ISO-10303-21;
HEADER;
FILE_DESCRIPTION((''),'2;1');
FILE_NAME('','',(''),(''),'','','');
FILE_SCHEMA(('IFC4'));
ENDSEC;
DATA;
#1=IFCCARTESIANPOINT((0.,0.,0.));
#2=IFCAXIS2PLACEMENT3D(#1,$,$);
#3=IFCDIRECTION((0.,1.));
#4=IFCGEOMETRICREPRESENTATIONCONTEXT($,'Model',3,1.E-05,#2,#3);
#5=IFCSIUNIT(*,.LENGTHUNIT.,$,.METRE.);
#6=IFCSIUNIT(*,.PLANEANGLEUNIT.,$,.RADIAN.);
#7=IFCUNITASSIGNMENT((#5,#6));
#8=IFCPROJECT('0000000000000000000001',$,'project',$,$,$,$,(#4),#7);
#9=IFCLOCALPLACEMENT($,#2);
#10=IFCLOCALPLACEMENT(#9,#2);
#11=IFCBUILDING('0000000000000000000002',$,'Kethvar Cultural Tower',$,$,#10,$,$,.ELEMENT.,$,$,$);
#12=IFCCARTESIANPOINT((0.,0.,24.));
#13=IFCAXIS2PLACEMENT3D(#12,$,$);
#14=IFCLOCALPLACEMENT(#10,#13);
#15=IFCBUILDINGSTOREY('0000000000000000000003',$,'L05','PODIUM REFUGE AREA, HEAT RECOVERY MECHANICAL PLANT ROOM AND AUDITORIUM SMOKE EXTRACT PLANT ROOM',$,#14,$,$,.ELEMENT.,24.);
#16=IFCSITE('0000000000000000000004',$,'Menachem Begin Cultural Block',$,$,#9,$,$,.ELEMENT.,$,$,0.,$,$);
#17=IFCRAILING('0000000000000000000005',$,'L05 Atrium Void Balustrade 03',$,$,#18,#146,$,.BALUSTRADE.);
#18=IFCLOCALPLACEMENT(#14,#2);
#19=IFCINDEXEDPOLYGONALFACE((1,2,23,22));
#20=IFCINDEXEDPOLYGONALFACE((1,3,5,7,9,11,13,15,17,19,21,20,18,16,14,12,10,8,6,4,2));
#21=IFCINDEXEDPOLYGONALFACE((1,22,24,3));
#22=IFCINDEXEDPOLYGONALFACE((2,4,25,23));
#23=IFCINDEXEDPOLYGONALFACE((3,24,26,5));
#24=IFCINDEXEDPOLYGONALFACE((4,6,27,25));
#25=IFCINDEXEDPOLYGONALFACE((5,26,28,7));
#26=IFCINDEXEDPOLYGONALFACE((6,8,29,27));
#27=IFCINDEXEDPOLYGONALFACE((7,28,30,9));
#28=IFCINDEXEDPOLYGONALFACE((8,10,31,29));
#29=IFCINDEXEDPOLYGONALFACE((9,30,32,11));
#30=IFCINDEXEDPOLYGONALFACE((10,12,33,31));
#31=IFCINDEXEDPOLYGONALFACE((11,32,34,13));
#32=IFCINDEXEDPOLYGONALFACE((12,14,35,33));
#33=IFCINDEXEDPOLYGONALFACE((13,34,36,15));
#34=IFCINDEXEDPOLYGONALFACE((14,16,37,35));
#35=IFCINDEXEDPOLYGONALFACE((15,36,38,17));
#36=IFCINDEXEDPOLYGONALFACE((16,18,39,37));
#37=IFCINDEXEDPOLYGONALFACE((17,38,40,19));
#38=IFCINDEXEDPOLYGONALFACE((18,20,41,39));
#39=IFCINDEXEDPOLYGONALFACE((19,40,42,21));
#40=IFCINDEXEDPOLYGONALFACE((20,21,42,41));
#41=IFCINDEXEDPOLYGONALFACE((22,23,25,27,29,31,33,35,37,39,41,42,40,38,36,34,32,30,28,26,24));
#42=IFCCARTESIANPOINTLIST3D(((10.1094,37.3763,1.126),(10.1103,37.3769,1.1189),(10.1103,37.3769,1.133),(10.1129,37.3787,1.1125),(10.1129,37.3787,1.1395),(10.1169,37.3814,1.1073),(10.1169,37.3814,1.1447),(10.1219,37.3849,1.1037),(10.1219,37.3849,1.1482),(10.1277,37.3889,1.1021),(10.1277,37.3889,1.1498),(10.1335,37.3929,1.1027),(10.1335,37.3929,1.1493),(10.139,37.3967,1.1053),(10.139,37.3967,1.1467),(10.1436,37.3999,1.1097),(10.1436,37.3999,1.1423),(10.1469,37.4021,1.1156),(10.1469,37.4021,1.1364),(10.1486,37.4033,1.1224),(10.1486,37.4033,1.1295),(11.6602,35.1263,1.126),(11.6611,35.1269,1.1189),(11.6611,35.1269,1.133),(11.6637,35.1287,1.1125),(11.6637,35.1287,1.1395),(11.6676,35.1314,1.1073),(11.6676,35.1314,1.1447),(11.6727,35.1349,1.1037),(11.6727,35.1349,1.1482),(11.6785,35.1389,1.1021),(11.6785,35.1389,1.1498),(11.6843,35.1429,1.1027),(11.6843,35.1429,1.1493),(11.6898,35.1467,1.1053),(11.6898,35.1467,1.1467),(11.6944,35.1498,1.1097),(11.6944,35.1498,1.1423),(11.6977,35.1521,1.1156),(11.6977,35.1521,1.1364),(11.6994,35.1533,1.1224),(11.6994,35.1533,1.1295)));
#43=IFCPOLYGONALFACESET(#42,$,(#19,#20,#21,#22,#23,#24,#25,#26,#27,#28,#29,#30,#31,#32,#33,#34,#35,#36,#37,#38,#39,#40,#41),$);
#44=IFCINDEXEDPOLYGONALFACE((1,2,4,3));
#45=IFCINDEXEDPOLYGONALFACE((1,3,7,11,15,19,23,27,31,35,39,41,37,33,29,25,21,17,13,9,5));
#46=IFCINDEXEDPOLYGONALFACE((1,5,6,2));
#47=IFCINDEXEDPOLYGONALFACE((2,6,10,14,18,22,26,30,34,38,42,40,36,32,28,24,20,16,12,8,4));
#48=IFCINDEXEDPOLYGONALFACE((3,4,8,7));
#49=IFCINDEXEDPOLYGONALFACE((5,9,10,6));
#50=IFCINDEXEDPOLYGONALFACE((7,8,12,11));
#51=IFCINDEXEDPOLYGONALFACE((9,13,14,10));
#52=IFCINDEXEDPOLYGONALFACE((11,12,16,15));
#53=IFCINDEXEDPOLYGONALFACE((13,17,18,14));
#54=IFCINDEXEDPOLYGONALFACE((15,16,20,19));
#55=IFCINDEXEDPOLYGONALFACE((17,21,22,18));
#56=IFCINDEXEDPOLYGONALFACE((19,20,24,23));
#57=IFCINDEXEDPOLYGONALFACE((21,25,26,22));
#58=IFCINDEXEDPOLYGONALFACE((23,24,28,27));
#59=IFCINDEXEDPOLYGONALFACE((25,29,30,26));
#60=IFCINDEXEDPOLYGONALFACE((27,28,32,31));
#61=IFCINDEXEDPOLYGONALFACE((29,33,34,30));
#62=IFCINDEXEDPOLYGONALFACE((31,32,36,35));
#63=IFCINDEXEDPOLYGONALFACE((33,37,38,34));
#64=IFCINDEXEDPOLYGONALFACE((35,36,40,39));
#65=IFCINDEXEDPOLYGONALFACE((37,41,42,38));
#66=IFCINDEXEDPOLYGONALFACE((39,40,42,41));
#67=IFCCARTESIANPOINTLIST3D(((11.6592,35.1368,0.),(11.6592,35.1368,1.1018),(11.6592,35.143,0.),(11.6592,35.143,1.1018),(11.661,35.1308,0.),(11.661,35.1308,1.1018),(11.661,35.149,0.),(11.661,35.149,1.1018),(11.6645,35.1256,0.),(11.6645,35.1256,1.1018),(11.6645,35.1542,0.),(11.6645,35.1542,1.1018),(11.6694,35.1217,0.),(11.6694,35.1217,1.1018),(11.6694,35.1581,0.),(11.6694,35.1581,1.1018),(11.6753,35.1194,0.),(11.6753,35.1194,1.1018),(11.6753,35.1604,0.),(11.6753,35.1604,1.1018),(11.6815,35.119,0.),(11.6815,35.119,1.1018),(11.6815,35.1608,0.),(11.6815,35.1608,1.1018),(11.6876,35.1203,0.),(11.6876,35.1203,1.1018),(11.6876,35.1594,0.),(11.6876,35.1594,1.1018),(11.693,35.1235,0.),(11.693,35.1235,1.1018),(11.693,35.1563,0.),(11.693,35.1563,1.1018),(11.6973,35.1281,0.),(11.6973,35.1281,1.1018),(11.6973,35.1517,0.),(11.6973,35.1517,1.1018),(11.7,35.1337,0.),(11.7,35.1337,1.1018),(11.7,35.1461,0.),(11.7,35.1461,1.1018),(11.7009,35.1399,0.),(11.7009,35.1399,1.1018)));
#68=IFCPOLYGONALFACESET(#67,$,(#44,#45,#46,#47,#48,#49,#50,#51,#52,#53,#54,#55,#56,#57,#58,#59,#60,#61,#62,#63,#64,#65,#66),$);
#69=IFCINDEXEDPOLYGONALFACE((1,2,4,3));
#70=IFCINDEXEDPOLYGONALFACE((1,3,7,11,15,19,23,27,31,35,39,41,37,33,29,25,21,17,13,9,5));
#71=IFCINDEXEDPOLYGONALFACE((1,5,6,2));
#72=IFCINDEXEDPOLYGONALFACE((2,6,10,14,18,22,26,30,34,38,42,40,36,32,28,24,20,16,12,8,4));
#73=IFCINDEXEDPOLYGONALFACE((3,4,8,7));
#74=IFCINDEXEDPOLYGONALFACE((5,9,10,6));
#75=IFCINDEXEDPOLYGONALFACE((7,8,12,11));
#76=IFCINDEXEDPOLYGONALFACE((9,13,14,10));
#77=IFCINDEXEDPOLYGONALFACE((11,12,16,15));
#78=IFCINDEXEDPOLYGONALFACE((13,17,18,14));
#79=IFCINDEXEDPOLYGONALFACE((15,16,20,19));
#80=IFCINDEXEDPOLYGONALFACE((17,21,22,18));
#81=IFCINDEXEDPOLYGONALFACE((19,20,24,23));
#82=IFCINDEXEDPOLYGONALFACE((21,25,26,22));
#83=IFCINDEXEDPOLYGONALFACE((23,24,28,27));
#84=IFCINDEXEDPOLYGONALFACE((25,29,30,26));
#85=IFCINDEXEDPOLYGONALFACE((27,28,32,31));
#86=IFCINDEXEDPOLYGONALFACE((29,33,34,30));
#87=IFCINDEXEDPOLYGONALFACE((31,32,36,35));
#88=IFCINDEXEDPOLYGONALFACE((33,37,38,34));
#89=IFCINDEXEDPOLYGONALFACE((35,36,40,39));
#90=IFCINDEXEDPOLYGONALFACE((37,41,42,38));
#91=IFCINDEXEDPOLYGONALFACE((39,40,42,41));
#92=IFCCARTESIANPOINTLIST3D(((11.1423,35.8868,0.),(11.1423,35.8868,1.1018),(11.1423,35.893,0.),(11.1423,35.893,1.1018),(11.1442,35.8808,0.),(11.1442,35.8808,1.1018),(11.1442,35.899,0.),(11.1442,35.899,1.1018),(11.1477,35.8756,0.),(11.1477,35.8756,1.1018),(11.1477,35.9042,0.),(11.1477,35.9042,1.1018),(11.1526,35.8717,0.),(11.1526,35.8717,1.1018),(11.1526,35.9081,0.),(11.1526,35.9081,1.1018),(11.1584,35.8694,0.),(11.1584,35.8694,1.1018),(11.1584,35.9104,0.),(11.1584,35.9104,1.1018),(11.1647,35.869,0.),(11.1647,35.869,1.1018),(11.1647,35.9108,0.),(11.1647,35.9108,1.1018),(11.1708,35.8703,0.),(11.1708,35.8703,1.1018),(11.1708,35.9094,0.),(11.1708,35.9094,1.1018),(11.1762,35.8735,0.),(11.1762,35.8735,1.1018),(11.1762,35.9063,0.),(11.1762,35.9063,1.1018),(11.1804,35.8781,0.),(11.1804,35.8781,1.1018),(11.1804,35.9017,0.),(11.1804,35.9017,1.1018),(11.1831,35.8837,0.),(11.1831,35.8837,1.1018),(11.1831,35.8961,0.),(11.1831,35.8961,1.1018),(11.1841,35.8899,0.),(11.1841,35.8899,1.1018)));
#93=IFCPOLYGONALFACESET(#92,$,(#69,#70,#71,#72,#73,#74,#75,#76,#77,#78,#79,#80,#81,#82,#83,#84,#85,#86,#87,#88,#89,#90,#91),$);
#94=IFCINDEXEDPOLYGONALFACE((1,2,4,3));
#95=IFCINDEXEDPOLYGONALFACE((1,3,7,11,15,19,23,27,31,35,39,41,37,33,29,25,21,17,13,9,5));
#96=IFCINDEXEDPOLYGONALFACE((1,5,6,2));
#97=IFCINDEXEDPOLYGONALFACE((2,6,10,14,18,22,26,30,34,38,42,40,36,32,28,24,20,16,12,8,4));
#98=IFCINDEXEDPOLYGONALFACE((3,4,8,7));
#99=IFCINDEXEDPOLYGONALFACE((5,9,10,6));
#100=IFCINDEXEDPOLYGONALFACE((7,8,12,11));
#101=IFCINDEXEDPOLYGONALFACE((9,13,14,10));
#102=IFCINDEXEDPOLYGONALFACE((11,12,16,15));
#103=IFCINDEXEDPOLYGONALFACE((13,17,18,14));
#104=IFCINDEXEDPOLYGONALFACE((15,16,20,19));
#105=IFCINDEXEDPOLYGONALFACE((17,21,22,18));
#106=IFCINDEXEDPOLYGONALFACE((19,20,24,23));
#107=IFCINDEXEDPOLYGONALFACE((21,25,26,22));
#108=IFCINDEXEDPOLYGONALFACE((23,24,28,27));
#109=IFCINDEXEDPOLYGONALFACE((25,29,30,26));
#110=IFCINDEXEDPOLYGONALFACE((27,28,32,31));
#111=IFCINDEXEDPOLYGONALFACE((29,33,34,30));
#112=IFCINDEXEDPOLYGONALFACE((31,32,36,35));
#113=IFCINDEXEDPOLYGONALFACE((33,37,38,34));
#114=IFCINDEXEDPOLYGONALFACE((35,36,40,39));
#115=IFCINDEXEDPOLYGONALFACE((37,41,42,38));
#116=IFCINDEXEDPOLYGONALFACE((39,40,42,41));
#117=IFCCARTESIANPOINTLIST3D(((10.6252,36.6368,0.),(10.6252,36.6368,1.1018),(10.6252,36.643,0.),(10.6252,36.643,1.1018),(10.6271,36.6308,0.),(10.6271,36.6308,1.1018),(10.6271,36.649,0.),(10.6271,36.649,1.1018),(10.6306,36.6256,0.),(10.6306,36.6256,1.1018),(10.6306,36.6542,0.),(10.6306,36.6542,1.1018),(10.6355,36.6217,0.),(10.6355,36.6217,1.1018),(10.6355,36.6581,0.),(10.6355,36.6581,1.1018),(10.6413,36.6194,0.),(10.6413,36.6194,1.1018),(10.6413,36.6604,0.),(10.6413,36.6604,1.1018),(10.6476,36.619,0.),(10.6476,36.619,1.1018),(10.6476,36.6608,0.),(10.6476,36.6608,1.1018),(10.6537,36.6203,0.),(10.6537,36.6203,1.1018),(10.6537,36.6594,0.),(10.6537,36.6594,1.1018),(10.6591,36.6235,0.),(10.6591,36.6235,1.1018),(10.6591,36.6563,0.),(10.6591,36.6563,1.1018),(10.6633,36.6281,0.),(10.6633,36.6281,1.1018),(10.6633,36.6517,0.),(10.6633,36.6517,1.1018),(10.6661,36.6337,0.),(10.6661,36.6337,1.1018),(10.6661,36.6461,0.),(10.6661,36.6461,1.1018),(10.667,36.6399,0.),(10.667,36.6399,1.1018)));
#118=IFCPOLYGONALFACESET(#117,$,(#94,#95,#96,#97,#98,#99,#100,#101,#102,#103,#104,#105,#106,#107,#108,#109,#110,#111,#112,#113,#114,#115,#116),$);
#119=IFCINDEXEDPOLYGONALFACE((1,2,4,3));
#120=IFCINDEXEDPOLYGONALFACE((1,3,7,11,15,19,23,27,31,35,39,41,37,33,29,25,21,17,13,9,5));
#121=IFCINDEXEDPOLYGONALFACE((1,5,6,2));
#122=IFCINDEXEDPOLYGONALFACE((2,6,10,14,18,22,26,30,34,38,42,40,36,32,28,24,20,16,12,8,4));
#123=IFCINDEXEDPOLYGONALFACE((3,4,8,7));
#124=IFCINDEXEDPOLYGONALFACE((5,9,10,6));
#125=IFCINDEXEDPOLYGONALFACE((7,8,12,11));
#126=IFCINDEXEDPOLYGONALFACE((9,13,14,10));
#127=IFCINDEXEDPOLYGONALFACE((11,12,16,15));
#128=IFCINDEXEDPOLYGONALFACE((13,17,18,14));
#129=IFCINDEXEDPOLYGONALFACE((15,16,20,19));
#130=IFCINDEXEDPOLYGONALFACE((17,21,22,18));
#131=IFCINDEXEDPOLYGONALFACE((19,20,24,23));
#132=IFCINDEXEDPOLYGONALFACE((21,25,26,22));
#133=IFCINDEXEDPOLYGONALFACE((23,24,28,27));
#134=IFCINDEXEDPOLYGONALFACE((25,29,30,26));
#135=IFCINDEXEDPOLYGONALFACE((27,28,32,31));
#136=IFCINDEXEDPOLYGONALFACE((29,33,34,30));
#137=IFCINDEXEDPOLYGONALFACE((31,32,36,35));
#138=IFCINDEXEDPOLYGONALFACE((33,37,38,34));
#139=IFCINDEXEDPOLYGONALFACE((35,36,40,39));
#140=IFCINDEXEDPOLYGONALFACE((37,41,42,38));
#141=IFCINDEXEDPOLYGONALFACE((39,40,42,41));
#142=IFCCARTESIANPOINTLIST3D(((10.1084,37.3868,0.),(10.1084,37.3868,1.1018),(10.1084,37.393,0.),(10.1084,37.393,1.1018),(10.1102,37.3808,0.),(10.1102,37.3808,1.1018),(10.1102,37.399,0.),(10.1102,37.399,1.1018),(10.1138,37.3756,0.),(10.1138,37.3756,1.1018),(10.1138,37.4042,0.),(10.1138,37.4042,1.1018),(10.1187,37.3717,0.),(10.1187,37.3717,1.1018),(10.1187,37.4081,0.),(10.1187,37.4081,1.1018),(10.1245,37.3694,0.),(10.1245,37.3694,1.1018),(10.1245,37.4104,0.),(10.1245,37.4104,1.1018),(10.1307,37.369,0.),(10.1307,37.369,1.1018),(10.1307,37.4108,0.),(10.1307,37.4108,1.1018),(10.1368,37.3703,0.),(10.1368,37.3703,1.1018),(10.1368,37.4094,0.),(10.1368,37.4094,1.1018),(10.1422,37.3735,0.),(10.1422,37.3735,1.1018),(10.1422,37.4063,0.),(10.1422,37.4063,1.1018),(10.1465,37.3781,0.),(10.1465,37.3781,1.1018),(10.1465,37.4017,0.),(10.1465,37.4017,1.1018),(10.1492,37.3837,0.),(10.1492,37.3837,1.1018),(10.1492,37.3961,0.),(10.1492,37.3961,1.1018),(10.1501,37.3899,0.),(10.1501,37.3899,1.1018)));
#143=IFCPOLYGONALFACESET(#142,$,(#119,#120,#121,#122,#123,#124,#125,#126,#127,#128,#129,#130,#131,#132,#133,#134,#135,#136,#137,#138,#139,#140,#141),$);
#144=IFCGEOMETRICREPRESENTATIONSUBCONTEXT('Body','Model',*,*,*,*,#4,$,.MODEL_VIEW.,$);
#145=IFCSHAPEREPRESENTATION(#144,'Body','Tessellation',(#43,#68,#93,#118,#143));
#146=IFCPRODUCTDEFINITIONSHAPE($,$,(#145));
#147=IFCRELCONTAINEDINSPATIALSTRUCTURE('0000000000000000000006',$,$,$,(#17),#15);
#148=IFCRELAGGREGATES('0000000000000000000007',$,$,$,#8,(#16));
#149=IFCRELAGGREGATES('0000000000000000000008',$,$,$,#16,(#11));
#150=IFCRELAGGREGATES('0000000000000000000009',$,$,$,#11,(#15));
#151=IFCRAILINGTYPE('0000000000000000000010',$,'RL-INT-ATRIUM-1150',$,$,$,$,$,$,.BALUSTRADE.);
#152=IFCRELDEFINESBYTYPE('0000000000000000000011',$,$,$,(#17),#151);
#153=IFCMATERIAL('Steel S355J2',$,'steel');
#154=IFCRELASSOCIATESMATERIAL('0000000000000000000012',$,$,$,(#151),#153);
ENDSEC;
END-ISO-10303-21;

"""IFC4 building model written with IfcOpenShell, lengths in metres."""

from ifc_helpers import new_model, si_unit, direction, frame, origin, origin_2d, place, context, subcontext, project, spatial, circle, extrude, material, type_object, element, save


model = new_model("IFC4")

# Units and contexts
model_context = context("Model", 3, precision=1e-05, world=origin(), true_north=direction((0.0, 1.0)))
body_context = subcontext(model_context, "Body", "Model", "MODEL_VIEW")
ifc_project = project(units=[si_unit("LENGTHUNIT", "METRE"), si_unit("PLANEANGLEUNIT", "RADIAN")], contexts=[model_context])

# Site, building, storey
site_placement = place(None, origin())
site = spatial("IfcSite", under=ifc_project, at=site_placement, Name="Menachem Begin Cultural Block", CompositionType="ELEMENT", RefElevation=0.0)
building_placement = place(site_placement, origin())
building = spatial("IfcBuilding", under=site, at=building_placement, Name="Kethvar Cultural Tower", CompositionType="ELEMENT")
storey_placement = place(building_placement, frame((0.0, 0.0, 24.0)))
storey = spatial("IfcBuildingStorey", under=building, at=storey_placement, Name="L05", Description="PODIUM REFUGE AREA, HEAT RECOVERY MECHANICAL PLANT ROOM AND AUDITORIUM SMOKE EXTRACT PLANT ROOM", CompositionType="ELEMENT", Elevation=24.0)

# Shared definitions
ifc_material_1 = material(Name="Steel S355J2", Category="steel")

# Railing
railing_type = type_object("IfcRailingType", Name="RL-INT-ATRIUM-1150", PredefinedType="BALUSTRADE", material=ifc_material_1)
railing_1_placement = place(storey_placement, frame((11.6799, 35.1399, 0.0)))
element("IfcRailing", 1, at=railing_1_placement, inside=storey, type_object=railing_type, Name="L05 Atrium Void Balustrade 03", PredefinedType="BALUSTRADE", context=body_context, shape_type="SweptSolid", body=[
    extrude(circle(Radius=0.0239, at=origin_2d()), frame((0.0, 0.0, 1.126), z_axis=(-0.567499, 0.823374, 0.0), x_axis=(-0.823374, -0.567499, 0.0)), (0.0, 0.0, 1.0), 2.7327),
    extrude(circle(Radius=0.021, at=origin_2d()), origin(), (0.0, 0.0, 1.0), 1.1018),
    extrude(circle(Radius=0.021, at=origin_2d()), frame((-0.5168, 0.75, 0.0)), (0.0, 0.0, 1.0), 1.1018),
    extrude(circle(Radius=0.021, at=origin_2d()), frame((-1.0339, 1.5, 0.0)), (0.0, 0.0, 1.0), 1.1018),
    extrude(circle(Radius=0.021, at=origin_2d()), frame((-1.5508, 2.25, 0.0)), (0.0, 0.0, 1.0), 1.1018),
])

save(model, "model.ifc")
